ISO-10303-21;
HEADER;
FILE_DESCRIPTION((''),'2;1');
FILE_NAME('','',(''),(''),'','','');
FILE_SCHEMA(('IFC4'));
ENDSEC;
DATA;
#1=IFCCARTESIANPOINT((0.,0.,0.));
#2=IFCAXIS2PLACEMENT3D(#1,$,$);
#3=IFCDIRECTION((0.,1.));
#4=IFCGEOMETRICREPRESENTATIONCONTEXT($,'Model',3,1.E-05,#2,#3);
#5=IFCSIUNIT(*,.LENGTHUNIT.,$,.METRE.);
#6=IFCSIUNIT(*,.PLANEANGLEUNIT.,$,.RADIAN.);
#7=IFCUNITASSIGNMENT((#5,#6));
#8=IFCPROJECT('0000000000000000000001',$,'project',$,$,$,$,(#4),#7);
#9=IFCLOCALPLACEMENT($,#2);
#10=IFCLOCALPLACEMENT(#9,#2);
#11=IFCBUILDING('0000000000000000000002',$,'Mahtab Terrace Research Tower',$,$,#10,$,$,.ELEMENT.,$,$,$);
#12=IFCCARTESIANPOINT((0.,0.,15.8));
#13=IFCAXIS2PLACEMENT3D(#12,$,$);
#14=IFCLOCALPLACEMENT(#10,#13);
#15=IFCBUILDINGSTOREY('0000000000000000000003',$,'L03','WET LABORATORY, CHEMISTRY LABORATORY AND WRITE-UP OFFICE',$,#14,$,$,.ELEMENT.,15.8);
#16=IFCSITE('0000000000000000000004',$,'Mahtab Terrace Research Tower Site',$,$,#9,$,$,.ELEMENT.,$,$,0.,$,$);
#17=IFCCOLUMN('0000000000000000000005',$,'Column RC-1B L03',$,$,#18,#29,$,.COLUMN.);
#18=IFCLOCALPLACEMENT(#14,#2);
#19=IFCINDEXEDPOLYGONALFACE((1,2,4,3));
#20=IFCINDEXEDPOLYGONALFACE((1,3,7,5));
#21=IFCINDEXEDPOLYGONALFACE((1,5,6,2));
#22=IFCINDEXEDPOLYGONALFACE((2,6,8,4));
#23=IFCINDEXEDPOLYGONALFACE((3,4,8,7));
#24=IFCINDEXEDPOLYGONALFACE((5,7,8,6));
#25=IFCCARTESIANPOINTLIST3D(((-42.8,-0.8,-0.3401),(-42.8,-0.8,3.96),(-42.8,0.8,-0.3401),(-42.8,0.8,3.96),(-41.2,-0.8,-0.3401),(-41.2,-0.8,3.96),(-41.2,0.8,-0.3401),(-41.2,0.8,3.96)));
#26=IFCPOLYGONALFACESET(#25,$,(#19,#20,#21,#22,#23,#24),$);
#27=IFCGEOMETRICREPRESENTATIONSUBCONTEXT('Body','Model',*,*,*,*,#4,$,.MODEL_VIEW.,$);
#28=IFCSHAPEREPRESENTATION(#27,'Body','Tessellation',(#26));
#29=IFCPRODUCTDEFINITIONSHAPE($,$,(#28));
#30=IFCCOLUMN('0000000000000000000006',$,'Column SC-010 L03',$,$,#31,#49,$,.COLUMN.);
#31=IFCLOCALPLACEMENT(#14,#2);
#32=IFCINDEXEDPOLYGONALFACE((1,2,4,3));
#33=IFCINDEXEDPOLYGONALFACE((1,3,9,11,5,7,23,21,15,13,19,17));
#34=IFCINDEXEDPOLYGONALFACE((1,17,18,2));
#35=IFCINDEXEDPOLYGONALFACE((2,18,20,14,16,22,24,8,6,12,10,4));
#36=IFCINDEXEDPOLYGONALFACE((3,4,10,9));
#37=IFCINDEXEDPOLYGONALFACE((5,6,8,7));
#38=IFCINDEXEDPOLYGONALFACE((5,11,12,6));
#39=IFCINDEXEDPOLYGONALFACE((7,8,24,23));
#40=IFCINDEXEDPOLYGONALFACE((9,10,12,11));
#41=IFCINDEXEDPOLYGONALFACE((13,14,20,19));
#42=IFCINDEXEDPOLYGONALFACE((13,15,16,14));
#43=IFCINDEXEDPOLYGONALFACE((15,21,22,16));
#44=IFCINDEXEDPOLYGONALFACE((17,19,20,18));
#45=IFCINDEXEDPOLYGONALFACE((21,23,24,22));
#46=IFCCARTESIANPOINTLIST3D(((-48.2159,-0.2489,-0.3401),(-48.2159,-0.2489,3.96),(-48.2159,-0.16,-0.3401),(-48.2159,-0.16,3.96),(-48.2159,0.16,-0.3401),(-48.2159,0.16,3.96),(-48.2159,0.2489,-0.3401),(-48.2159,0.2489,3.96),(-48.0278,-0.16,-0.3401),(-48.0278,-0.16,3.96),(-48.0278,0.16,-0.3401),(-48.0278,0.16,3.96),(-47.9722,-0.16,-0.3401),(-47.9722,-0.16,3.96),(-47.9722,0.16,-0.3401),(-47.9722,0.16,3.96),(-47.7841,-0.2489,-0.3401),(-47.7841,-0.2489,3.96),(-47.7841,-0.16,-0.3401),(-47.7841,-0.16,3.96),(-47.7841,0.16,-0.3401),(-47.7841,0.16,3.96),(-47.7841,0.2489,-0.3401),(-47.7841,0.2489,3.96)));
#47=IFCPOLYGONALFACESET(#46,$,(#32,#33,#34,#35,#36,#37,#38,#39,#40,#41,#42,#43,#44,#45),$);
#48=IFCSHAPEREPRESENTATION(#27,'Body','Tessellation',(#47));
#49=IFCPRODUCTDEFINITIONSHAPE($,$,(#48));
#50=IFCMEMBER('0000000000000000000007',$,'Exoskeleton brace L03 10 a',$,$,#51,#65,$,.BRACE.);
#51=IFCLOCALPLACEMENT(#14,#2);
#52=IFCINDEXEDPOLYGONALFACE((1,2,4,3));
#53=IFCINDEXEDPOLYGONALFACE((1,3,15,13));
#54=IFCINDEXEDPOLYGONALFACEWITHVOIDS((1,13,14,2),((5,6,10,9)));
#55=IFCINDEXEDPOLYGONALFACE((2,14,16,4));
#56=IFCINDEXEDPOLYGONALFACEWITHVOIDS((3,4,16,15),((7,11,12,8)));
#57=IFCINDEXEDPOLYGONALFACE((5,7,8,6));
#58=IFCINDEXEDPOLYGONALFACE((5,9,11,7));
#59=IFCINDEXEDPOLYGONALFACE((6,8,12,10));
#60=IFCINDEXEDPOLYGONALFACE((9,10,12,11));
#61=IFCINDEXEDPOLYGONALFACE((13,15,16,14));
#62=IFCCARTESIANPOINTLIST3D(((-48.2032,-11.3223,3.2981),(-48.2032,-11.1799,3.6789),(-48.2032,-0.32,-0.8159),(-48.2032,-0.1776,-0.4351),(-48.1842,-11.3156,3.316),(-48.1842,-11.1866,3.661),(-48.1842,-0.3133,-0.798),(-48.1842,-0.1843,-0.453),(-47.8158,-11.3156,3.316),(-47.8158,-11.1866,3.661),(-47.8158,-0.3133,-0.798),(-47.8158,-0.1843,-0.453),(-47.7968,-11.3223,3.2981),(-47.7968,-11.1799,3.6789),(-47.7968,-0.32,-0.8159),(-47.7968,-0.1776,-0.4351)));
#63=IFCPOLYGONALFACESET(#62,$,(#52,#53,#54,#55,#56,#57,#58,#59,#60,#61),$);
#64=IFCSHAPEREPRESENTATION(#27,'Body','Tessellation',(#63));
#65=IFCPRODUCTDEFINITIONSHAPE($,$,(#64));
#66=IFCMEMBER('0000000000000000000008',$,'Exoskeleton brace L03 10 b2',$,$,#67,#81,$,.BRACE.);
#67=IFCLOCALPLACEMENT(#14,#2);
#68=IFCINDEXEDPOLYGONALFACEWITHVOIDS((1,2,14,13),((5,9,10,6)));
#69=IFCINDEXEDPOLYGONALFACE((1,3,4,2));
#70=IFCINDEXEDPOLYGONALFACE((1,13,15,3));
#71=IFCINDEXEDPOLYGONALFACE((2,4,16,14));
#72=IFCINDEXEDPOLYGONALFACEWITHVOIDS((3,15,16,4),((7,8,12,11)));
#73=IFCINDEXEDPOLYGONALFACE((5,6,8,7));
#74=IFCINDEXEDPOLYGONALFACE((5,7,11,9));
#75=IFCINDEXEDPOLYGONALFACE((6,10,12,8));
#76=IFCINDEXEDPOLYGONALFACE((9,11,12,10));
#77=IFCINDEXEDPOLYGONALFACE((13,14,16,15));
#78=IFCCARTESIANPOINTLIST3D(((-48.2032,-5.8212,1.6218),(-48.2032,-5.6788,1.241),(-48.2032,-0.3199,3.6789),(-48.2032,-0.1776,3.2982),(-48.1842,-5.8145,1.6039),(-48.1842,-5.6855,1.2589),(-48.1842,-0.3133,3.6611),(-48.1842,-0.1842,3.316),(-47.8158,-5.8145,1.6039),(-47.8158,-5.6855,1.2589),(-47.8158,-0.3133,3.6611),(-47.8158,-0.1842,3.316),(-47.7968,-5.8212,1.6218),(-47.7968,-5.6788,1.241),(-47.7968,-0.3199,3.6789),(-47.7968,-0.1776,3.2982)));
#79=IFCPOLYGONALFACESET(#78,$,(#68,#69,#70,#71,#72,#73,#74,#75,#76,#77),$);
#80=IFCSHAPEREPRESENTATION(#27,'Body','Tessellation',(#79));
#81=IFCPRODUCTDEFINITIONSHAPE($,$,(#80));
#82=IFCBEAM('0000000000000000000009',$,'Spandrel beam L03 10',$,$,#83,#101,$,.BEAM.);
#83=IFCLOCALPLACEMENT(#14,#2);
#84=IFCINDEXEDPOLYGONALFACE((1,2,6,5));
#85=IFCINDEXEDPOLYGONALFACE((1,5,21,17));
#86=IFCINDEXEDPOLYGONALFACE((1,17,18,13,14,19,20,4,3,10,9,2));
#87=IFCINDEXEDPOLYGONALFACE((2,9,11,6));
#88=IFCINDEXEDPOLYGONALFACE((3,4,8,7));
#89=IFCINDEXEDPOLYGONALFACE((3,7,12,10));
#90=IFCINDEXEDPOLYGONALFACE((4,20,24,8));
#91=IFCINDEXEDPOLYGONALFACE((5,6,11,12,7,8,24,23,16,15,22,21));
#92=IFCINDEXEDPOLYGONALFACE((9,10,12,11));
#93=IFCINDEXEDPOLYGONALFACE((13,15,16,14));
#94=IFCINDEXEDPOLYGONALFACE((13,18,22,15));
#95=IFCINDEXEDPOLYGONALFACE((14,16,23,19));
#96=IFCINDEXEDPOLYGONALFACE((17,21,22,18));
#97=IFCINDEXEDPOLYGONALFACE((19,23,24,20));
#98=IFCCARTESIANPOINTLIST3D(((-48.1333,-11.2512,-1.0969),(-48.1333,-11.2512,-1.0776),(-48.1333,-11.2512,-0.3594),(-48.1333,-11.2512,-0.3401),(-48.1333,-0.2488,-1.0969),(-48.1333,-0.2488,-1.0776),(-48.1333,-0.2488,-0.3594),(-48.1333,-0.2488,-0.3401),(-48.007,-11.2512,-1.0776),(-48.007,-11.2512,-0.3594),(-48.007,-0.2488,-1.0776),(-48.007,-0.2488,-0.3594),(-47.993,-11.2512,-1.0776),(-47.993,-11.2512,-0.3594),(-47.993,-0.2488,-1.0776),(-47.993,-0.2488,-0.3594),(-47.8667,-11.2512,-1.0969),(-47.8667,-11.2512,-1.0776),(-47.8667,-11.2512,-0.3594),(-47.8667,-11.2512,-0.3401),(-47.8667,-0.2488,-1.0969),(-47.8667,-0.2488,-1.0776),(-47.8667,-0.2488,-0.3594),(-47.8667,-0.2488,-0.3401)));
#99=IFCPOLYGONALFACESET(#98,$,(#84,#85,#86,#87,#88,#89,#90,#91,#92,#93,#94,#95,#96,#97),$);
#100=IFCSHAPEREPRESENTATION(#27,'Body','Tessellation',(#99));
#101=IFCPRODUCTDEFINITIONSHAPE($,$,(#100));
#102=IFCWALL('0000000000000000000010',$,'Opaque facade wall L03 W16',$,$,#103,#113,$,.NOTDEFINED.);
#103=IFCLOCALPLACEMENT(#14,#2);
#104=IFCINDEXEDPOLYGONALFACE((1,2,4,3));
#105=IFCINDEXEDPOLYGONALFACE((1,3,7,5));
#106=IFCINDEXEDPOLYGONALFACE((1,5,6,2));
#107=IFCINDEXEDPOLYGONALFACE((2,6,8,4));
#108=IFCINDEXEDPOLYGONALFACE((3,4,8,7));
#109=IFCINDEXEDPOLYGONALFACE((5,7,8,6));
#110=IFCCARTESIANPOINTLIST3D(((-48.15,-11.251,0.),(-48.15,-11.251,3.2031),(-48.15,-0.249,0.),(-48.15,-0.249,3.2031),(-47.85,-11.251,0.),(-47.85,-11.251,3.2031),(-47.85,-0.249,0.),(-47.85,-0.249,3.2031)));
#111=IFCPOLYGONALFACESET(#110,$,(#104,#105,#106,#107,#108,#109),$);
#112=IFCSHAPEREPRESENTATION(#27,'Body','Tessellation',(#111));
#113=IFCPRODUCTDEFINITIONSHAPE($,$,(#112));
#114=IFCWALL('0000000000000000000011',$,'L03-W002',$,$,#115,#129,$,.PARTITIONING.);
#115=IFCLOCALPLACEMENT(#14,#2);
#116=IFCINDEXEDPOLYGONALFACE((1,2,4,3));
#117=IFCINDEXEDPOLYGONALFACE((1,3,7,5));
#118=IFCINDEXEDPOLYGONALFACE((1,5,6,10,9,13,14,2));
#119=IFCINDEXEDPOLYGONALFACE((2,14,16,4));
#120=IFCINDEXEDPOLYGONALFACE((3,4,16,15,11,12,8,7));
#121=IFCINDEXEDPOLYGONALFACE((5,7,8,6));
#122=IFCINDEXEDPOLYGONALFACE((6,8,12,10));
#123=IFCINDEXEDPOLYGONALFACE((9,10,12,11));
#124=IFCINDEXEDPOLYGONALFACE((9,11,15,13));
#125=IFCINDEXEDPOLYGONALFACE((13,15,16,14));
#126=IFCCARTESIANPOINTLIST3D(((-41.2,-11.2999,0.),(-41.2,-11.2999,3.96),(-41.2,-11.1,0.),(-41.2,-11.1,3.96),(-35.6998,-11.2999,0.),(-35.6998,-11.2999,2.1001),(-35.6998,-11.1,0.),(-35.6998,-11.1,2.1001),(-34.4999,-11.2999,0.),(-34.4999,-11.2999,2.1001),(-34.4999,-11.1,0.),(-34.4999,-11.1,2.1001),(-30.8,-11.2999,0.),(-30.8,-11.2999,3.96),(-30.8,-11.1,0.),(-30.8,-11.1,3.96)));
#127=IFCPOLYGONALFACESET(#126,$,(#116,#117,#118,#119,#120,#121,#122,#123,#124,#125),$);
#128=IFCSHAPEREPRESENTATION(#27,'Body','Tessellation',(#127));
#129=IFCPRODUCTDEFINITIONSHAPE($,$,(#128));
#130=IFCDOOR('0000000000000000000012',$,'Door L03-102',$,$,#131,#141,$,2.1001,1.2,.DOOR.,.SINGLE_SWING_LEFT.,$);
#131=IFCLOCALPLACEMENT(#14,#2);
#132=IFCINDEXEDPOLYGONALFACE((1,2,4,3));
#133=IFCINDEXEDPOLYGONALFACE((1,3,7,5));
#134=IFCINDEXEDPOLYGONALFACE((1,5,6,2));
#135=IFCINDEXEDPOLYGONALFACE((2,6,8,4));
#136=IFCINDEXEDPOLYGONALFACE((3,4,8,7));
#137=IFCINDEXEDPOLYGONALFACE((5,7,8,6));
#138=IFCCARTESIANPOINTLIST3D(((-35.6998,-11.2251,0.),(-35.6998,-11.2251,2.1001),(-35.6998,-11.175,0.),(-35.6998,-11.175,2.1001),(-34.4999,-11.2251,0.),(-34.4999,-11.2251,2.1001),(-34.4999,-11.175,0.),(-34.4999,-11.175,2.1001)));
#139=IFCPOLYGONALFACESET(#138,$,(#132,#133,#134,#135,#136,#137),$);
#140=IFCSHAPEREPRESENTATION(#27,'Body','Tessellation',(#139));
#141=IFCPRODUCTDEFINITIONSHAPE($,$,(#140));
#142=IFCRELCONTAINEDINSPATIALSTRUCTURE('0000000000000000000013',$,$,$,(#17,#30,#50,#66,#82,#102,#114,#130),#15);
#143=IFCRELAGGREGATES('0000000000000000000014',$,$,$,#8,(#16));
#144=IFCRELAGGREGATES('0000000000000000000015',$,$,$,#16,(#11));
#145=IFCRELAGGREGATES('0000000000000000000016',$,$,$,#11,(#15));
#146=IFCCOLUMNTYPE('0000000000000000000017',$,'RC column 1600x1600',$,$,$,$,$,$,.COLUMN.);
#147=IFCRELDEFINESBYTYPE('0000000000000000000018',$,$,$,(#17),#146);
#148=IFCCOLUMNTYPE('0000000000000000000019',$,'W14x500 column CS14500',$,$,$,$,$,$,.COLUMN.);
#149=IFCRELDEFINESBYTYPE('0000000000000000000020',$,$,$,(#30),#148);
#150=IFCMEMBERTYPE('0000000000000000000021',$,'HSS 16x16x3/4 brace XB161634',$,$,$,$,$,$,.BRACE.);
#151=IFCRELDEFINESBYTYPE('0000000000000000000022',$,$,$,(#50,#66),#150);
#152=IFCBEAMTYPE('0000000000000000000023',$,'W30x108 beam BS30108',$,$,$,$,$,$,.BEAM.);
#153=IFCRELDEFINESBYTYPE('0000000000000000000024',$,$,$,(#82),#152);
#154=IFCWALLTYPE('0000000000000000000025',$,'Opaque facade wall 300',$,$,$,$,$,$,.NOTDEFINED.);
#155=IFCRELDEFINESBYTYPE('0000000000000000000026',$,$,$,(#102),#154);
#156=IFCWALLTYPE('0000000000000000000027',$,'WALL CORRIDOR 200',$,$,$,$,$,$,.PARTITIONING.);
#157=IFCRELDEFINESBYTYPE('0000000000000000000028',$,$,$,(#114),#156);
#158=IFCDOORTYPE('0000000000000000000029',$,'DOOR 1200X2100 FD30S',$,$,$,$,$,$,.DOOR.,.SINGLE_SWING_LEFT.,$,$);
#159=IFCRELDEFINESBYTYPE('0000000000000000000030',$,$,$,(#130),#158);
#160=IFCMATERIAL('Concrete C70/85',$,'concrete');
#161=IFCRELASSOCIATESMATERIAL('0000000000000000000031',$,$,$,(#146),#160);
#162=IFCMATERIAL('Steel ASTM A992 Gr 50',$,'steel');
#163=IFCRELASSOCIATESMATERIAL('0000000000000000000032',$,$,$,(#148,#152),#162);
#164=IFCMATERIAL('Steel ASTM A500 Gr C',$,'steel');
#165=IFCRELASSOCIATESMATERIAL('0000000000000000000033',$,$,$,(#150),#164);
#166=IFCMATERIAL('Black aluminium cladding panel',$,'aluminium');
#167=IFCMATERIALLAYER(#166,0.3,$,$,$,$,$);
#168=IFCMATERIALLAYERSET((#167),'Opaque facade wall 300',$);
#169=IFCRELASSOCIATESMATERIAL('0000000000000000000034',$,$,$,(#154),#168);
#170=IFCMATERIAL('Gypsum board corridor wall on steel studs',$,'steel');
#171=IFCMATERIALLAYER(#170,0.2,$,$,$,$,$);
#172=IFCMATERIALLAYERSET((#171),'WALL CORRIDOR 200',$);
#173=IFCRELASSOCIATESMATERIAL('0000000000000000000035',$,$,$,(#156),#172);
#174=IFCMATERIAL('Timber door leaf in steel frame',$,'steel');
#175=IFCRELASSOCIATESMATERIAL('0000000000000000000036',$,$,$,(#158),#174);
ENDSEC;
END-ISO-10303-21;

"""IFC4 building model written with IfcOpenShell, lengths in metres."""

from ifc_helpers import new_model, si_unit, direction, frame, frame_2d, origin, origin_2d, place, context, subcontext, project, spatial, rectangle, hollow_rectangle, i_section, extrude, material, layer, layer_set, material_profile, profile_set, type_object, element, fill, save


model = new_model("IFC4")

# Units and contexts
model_context = context("Model", 3, precision=1e-05, world=origin(), true_north=direction((0.0, 1.0)))
body_context = subcontext(model_context, "Body", "Model", "MODEL_VIEW")
ifc_project = project(units=[si_unit("LENGTHUNIT", "METRE"), si_unit("PLANEANGLEUNIT", "RADIAN")], contexts=[model_context])

# Site, building, storey
site_placement = place(None, origin())
site = spatial("IfcSite", under=ifc_project, at=site_placement, Name="Mahtab Terrace Research Tower Site", CompositionType="ELEMENT", RefElevation=0.0)
building_placement = place(site_placement, origin())
building = spatial("IfcBuilding", under=site, at=building_placement, Name="Mahtab Terrace Research Tower", CompositionType="ELEMENT")
storey_placement = place(building_placement, frame((0.0, 0.0, 15.8)))
storey = spatial("IfcBuildingStorey", under=building, at=storey_placement, Name="L03", Description="WET LABORATORY, CHEMISTRY LABORATORY AND WRITE-UP OFFICE", CompositionType="ELEMENT", Elevation=15.8)

# Columns
ifc_material_1 = material(Name="Concrete C70/85", Category="concrete")
ifc_material_profile_1 = material_profile(ifc_material_1, rectangle(XDim=1.6001, YDim=1.6001, at=origin_2d()), Name="RC column 1600x1600")
ifc_profile_set_1 = profile_set([ifc_material_profile_1], Name="Concrete C70/85")
column_type_1 = type_object("IfcColumnType", Name="RC column 1600x1600", PredefinedType="COLUMN", material=ifc_profile_set_1)
column_1_placement = place(storey_placement, frame((-42.0, 0.0, -0.3401), z_axis=(0.0, 0.0, 1.0), x_axis=(1.0, 0.0, 0.0)))
element("IfcColumn", 1, at=column_1_placement, inside=storey, type_object=column_type_1, Name="Column RC-1B L03", PredefinedType="COLUMN", context=body_context, shape_type="SweptSolid", body=[
    extrude(rectangle(XDim=1.6001, YDim=1.6001, at=origin_2d()), origin(), (0.0, 0.0, 1.0), 4.3),
])
ifc_material_2 = material(Name="Steel ASTM A992 Gr 50", Category="steel")
ifc_material_profile_2 = material_profile(ifc_material_2, i_section(OverallWidth=0.4319, OverallDepth=0.4978, WebThickness=0.0557, FlangeThickness=0.0889, at=origin_2d()), Name="W14X500")
ifc_profile_set_2 = profile_set([ifc_material_profile_2], Name="Steel ASTM A992 Gr 50")
column_type_2 = type_object("IfcColumnType", Name="W14x500 column CS14500", PredefinedType="COLUMN", material=ifc_profile_set_2)
column_2_placement = place(storey_placement, frame((-48.0, 0.0, -0.3401), z_axis=(0.0, 0.0, 1.0), x_axis=(1.0, 0.0, 0.0)))
element("IfcColumn", 2, at=column_2_placement, inside=storey, type_object=column_type_2, Name="Column SC-010 L03", PredefinedType="COLUMN", context=body_context, shape_type="SweptSolid", body=[
    extrude(i_section(OverallWidth=0.4319, OverallDepth=0.4978, WebThickness=0.0557, FlangeThickness=0.0889, at=origin_2d()), origin(), (0.0, 0.0, 1.0), 4.3),
])

# Members
ifc_material_3 = material(Name="Steel ASTM A500 Gr C", Category="steel")
ifc_material_profile_3 = material_profile(ifc_material_3, hollow_rectangle(XDim=0.4065, YDim=0.4065, WallThickness=0.019, at=origin_2d()), Name="HSS16X16X3/4")
ifc_profile_set_3 = profile_set([ifc_material_profile_3], Name="Steel ASTM A500 Gr C")
member_type = type_object("IfcMemberType", Name="HSS 16x16x3/4 brace XB161634", PredefinedType="BRACE", material=ifc_profile_set_3)
member_1_placement = place(storey_placement, frame((-48.0, -0.2488, -0.6255), z_axis=(0.0, -0.936662, 0.350235), x_axis=(1.0, 0.0, 0.0)))
element("IfcMember", 3, at=member_1_placement, inside=storey, type_object=member_type, Name="Exoskeleton brace L03 10 a", PredefinedType="BRACE", context=body_context, shape_type="SweptSolid", body=[
    extrude(hollow_rectangle(XDim=0.4065, YDim=0.4065, WallThickness=0.019, at=origin_2d()), origin(), (0.0, 0.0, 1.0), 11.7463),
])
member_2_placement = place(storey_placement, frame((-48.0, -5.75, 1.4314), z_axis=(0.0, 0.936655, 0.350253), x_axis=(-1.0, 0.0, 0.0)))
element("IfcMember", 4, at=member_2_placement, inside=storey, type_object=member_type, Name="Exoskeleton brace L03 10 b2", PredefinedType="BRACE", context=body_context, shape_type="SweptSolid", body=[
    extrude(hollow_rectangle(XDim=0.4065, YDim=0.4065, WallThickness=0.019, at=origin_2d()), origin(), (0.0, 0.0, 1.0), 5.8733),
])

# Beam
ifc_material_profile_4 = material_profile(ifc_material_2, i_section(OverallWidth=0.2666, OverallDepth=0.7568, WebThickness=0.0139, FlangeThickness=0.0193, at=origin_2d()), Name="W30X108")
ifc_profile_set_4 = profile_set([ifc_material_profile_4], Name="Steel ASTM A992 Gr 50")
beam_type = type_object("IfcBeamType", Name="W30x108 beam BS30108", PredefinedType="BEAM", material=ifc_profile_set_4)
beam_placement = place(storey_placement, frame((-48.0, -0.2488, -0.7185), z_axis=(0.0, -1.0, 0.0), x_axis=(1.0, 0.0, 0.0)))
element("IfcBeam", 5, at=beam_placement, inside=storey, type_object=beam_type, Name="Spandrel beam L03 10", PredefinedType="BEAM", context=body_context, shape_type="SweptSolid", body=[
    extrude(i_section(OverallWidth=0.2666, OverallDepth=0.7568, WebThickness=0.0139, FlangeThickness=0.0193, at=origin_2d()), origin(), (0.0, 0.0, 1.0), 11.0024),
])

# Wall
ifc_material_4 = material(Name="Black aluminium cladding panel", Category="aluminium")
ifc_layer_1 = layer(ifc_material_4, 0.3)
ifc_layer_set_1 = layer_set([ifc_layer_1], Name="Opaque facade wall 300")
wall_type_1 = type_object("IfcWallType", Name="Opaque facade wall 300", PredefinedType="NOTDEFINED", material=ifc_layer_set_1)
wall_1_placement = place(storey_placement, frame((-48.0, -0.249, 0.0), z_axis=(0.0, 0.0, 1.0), x_axis=(0.0, -1.0, 0.0)))
element("IfcWall", 6, at=wall_1_placement, inside=storey, type_object=wall_type_1, Name="Opaque facade wall L03 W16", PredefinedType="NOTDEFINED", context=body_context, shape_type="SweptSolid", body=[
    extrude(rectangle(XDim=11.002, YDim=0.3, at=frame_2d((5.501, 0.0))), origin(), (0.0, 0.0, 1.0), 3.2031),
])

# Wall, opening, door
ifc_material_5 = material(Name="Gypsum board corridor wall on steel studs", Category="steel")
ifc_layer_2 = layer(ifc_material_5, 0.2)
ifc_layer_set_2 = layer_set([ifc_layer_2], Name="WALL CORRIDOR 200")
wall_type_2 = type_object("IfcWallType", Name="WALL CORRIDOR 200", PredefinedType="PARTITIONING", material=ifc_layer_set_2)
wall_2_placement = place(storey_placement, frame((-41.2, -11.2, 0.0), z_axis=(0.0, 0.0, 1.0), x_axis=(1.0, 0.0, 0.0)))
wall_2 = element("IfcWall", 7, at=wall_2_placement, inside=storey, type_object=wall_type_2, Name="L03-W002", PredefinedType="PARTITIONING", context=body_context, shape_type="SweptSolid", body=[
    extrude(rectangle(XDim=10.3999, YDim=0.2, at=frame_2d((5.2, 0.0))), origin(), (0.0, 0.0, 1.0), 3.96),
])
opening_1_placement = place(wall_2_placement, frame((5.5, 0.0, 0.0)))
opening_1 = element("IfcOpeningElement", 8, at=opening_1_placement, cuts=wall_2, PredefinedType="OPENING", context=body_context, shape_type="SweptSolid", body=[
    extrude(rectangle(XDim=1.2, YDim=2.1001, at=frame_2d((0.6001, 1.05))), frame((0.0, 0.1099, 0.0), z_axis=(0.0, -1.0, 0.0), x_axis=(1.0, 0.0, 0.0)), (0.0, 0.0, 1.0), 0.22),
])
ifc_material_6 = material(Name="Timber door leaf in steel frame", Category="steel")
door_type = type_object("IfcDoorType", Name="DOOR 1200X2100 FD30S", OperationType="SINGLE_SWING_LEFT", PredefinedType="DOOR", material=ifc_material_6)
door_1_placement = place(opening_1_placement, origin())
door_1 = element("IfcDoor", 9, at=door_1_placement, inside=storey, type_object=door_type, Name="Door L03-102", OperationType="SINGLE_SWING_LEFT", OverallHeight=2.1001, OverallWidth=1.2, PredefinedType="DOOR", context=body_context, shape_type="SweptSolid", body=[
    extrude(rectangle(XDim=1.2, YDim=2.1001, at=frame_2d((0.6001, 1.05))), frame((0.0, 0.0249, 0.0), z_axis=(0.0, -1.0, 0.0), x_axis=(1.0, 0.0, 0.0)), (0.0, 0.0, 1.0), 0.05),
])
fill(opening_1, door_1)

save(model, "model.ifc")
